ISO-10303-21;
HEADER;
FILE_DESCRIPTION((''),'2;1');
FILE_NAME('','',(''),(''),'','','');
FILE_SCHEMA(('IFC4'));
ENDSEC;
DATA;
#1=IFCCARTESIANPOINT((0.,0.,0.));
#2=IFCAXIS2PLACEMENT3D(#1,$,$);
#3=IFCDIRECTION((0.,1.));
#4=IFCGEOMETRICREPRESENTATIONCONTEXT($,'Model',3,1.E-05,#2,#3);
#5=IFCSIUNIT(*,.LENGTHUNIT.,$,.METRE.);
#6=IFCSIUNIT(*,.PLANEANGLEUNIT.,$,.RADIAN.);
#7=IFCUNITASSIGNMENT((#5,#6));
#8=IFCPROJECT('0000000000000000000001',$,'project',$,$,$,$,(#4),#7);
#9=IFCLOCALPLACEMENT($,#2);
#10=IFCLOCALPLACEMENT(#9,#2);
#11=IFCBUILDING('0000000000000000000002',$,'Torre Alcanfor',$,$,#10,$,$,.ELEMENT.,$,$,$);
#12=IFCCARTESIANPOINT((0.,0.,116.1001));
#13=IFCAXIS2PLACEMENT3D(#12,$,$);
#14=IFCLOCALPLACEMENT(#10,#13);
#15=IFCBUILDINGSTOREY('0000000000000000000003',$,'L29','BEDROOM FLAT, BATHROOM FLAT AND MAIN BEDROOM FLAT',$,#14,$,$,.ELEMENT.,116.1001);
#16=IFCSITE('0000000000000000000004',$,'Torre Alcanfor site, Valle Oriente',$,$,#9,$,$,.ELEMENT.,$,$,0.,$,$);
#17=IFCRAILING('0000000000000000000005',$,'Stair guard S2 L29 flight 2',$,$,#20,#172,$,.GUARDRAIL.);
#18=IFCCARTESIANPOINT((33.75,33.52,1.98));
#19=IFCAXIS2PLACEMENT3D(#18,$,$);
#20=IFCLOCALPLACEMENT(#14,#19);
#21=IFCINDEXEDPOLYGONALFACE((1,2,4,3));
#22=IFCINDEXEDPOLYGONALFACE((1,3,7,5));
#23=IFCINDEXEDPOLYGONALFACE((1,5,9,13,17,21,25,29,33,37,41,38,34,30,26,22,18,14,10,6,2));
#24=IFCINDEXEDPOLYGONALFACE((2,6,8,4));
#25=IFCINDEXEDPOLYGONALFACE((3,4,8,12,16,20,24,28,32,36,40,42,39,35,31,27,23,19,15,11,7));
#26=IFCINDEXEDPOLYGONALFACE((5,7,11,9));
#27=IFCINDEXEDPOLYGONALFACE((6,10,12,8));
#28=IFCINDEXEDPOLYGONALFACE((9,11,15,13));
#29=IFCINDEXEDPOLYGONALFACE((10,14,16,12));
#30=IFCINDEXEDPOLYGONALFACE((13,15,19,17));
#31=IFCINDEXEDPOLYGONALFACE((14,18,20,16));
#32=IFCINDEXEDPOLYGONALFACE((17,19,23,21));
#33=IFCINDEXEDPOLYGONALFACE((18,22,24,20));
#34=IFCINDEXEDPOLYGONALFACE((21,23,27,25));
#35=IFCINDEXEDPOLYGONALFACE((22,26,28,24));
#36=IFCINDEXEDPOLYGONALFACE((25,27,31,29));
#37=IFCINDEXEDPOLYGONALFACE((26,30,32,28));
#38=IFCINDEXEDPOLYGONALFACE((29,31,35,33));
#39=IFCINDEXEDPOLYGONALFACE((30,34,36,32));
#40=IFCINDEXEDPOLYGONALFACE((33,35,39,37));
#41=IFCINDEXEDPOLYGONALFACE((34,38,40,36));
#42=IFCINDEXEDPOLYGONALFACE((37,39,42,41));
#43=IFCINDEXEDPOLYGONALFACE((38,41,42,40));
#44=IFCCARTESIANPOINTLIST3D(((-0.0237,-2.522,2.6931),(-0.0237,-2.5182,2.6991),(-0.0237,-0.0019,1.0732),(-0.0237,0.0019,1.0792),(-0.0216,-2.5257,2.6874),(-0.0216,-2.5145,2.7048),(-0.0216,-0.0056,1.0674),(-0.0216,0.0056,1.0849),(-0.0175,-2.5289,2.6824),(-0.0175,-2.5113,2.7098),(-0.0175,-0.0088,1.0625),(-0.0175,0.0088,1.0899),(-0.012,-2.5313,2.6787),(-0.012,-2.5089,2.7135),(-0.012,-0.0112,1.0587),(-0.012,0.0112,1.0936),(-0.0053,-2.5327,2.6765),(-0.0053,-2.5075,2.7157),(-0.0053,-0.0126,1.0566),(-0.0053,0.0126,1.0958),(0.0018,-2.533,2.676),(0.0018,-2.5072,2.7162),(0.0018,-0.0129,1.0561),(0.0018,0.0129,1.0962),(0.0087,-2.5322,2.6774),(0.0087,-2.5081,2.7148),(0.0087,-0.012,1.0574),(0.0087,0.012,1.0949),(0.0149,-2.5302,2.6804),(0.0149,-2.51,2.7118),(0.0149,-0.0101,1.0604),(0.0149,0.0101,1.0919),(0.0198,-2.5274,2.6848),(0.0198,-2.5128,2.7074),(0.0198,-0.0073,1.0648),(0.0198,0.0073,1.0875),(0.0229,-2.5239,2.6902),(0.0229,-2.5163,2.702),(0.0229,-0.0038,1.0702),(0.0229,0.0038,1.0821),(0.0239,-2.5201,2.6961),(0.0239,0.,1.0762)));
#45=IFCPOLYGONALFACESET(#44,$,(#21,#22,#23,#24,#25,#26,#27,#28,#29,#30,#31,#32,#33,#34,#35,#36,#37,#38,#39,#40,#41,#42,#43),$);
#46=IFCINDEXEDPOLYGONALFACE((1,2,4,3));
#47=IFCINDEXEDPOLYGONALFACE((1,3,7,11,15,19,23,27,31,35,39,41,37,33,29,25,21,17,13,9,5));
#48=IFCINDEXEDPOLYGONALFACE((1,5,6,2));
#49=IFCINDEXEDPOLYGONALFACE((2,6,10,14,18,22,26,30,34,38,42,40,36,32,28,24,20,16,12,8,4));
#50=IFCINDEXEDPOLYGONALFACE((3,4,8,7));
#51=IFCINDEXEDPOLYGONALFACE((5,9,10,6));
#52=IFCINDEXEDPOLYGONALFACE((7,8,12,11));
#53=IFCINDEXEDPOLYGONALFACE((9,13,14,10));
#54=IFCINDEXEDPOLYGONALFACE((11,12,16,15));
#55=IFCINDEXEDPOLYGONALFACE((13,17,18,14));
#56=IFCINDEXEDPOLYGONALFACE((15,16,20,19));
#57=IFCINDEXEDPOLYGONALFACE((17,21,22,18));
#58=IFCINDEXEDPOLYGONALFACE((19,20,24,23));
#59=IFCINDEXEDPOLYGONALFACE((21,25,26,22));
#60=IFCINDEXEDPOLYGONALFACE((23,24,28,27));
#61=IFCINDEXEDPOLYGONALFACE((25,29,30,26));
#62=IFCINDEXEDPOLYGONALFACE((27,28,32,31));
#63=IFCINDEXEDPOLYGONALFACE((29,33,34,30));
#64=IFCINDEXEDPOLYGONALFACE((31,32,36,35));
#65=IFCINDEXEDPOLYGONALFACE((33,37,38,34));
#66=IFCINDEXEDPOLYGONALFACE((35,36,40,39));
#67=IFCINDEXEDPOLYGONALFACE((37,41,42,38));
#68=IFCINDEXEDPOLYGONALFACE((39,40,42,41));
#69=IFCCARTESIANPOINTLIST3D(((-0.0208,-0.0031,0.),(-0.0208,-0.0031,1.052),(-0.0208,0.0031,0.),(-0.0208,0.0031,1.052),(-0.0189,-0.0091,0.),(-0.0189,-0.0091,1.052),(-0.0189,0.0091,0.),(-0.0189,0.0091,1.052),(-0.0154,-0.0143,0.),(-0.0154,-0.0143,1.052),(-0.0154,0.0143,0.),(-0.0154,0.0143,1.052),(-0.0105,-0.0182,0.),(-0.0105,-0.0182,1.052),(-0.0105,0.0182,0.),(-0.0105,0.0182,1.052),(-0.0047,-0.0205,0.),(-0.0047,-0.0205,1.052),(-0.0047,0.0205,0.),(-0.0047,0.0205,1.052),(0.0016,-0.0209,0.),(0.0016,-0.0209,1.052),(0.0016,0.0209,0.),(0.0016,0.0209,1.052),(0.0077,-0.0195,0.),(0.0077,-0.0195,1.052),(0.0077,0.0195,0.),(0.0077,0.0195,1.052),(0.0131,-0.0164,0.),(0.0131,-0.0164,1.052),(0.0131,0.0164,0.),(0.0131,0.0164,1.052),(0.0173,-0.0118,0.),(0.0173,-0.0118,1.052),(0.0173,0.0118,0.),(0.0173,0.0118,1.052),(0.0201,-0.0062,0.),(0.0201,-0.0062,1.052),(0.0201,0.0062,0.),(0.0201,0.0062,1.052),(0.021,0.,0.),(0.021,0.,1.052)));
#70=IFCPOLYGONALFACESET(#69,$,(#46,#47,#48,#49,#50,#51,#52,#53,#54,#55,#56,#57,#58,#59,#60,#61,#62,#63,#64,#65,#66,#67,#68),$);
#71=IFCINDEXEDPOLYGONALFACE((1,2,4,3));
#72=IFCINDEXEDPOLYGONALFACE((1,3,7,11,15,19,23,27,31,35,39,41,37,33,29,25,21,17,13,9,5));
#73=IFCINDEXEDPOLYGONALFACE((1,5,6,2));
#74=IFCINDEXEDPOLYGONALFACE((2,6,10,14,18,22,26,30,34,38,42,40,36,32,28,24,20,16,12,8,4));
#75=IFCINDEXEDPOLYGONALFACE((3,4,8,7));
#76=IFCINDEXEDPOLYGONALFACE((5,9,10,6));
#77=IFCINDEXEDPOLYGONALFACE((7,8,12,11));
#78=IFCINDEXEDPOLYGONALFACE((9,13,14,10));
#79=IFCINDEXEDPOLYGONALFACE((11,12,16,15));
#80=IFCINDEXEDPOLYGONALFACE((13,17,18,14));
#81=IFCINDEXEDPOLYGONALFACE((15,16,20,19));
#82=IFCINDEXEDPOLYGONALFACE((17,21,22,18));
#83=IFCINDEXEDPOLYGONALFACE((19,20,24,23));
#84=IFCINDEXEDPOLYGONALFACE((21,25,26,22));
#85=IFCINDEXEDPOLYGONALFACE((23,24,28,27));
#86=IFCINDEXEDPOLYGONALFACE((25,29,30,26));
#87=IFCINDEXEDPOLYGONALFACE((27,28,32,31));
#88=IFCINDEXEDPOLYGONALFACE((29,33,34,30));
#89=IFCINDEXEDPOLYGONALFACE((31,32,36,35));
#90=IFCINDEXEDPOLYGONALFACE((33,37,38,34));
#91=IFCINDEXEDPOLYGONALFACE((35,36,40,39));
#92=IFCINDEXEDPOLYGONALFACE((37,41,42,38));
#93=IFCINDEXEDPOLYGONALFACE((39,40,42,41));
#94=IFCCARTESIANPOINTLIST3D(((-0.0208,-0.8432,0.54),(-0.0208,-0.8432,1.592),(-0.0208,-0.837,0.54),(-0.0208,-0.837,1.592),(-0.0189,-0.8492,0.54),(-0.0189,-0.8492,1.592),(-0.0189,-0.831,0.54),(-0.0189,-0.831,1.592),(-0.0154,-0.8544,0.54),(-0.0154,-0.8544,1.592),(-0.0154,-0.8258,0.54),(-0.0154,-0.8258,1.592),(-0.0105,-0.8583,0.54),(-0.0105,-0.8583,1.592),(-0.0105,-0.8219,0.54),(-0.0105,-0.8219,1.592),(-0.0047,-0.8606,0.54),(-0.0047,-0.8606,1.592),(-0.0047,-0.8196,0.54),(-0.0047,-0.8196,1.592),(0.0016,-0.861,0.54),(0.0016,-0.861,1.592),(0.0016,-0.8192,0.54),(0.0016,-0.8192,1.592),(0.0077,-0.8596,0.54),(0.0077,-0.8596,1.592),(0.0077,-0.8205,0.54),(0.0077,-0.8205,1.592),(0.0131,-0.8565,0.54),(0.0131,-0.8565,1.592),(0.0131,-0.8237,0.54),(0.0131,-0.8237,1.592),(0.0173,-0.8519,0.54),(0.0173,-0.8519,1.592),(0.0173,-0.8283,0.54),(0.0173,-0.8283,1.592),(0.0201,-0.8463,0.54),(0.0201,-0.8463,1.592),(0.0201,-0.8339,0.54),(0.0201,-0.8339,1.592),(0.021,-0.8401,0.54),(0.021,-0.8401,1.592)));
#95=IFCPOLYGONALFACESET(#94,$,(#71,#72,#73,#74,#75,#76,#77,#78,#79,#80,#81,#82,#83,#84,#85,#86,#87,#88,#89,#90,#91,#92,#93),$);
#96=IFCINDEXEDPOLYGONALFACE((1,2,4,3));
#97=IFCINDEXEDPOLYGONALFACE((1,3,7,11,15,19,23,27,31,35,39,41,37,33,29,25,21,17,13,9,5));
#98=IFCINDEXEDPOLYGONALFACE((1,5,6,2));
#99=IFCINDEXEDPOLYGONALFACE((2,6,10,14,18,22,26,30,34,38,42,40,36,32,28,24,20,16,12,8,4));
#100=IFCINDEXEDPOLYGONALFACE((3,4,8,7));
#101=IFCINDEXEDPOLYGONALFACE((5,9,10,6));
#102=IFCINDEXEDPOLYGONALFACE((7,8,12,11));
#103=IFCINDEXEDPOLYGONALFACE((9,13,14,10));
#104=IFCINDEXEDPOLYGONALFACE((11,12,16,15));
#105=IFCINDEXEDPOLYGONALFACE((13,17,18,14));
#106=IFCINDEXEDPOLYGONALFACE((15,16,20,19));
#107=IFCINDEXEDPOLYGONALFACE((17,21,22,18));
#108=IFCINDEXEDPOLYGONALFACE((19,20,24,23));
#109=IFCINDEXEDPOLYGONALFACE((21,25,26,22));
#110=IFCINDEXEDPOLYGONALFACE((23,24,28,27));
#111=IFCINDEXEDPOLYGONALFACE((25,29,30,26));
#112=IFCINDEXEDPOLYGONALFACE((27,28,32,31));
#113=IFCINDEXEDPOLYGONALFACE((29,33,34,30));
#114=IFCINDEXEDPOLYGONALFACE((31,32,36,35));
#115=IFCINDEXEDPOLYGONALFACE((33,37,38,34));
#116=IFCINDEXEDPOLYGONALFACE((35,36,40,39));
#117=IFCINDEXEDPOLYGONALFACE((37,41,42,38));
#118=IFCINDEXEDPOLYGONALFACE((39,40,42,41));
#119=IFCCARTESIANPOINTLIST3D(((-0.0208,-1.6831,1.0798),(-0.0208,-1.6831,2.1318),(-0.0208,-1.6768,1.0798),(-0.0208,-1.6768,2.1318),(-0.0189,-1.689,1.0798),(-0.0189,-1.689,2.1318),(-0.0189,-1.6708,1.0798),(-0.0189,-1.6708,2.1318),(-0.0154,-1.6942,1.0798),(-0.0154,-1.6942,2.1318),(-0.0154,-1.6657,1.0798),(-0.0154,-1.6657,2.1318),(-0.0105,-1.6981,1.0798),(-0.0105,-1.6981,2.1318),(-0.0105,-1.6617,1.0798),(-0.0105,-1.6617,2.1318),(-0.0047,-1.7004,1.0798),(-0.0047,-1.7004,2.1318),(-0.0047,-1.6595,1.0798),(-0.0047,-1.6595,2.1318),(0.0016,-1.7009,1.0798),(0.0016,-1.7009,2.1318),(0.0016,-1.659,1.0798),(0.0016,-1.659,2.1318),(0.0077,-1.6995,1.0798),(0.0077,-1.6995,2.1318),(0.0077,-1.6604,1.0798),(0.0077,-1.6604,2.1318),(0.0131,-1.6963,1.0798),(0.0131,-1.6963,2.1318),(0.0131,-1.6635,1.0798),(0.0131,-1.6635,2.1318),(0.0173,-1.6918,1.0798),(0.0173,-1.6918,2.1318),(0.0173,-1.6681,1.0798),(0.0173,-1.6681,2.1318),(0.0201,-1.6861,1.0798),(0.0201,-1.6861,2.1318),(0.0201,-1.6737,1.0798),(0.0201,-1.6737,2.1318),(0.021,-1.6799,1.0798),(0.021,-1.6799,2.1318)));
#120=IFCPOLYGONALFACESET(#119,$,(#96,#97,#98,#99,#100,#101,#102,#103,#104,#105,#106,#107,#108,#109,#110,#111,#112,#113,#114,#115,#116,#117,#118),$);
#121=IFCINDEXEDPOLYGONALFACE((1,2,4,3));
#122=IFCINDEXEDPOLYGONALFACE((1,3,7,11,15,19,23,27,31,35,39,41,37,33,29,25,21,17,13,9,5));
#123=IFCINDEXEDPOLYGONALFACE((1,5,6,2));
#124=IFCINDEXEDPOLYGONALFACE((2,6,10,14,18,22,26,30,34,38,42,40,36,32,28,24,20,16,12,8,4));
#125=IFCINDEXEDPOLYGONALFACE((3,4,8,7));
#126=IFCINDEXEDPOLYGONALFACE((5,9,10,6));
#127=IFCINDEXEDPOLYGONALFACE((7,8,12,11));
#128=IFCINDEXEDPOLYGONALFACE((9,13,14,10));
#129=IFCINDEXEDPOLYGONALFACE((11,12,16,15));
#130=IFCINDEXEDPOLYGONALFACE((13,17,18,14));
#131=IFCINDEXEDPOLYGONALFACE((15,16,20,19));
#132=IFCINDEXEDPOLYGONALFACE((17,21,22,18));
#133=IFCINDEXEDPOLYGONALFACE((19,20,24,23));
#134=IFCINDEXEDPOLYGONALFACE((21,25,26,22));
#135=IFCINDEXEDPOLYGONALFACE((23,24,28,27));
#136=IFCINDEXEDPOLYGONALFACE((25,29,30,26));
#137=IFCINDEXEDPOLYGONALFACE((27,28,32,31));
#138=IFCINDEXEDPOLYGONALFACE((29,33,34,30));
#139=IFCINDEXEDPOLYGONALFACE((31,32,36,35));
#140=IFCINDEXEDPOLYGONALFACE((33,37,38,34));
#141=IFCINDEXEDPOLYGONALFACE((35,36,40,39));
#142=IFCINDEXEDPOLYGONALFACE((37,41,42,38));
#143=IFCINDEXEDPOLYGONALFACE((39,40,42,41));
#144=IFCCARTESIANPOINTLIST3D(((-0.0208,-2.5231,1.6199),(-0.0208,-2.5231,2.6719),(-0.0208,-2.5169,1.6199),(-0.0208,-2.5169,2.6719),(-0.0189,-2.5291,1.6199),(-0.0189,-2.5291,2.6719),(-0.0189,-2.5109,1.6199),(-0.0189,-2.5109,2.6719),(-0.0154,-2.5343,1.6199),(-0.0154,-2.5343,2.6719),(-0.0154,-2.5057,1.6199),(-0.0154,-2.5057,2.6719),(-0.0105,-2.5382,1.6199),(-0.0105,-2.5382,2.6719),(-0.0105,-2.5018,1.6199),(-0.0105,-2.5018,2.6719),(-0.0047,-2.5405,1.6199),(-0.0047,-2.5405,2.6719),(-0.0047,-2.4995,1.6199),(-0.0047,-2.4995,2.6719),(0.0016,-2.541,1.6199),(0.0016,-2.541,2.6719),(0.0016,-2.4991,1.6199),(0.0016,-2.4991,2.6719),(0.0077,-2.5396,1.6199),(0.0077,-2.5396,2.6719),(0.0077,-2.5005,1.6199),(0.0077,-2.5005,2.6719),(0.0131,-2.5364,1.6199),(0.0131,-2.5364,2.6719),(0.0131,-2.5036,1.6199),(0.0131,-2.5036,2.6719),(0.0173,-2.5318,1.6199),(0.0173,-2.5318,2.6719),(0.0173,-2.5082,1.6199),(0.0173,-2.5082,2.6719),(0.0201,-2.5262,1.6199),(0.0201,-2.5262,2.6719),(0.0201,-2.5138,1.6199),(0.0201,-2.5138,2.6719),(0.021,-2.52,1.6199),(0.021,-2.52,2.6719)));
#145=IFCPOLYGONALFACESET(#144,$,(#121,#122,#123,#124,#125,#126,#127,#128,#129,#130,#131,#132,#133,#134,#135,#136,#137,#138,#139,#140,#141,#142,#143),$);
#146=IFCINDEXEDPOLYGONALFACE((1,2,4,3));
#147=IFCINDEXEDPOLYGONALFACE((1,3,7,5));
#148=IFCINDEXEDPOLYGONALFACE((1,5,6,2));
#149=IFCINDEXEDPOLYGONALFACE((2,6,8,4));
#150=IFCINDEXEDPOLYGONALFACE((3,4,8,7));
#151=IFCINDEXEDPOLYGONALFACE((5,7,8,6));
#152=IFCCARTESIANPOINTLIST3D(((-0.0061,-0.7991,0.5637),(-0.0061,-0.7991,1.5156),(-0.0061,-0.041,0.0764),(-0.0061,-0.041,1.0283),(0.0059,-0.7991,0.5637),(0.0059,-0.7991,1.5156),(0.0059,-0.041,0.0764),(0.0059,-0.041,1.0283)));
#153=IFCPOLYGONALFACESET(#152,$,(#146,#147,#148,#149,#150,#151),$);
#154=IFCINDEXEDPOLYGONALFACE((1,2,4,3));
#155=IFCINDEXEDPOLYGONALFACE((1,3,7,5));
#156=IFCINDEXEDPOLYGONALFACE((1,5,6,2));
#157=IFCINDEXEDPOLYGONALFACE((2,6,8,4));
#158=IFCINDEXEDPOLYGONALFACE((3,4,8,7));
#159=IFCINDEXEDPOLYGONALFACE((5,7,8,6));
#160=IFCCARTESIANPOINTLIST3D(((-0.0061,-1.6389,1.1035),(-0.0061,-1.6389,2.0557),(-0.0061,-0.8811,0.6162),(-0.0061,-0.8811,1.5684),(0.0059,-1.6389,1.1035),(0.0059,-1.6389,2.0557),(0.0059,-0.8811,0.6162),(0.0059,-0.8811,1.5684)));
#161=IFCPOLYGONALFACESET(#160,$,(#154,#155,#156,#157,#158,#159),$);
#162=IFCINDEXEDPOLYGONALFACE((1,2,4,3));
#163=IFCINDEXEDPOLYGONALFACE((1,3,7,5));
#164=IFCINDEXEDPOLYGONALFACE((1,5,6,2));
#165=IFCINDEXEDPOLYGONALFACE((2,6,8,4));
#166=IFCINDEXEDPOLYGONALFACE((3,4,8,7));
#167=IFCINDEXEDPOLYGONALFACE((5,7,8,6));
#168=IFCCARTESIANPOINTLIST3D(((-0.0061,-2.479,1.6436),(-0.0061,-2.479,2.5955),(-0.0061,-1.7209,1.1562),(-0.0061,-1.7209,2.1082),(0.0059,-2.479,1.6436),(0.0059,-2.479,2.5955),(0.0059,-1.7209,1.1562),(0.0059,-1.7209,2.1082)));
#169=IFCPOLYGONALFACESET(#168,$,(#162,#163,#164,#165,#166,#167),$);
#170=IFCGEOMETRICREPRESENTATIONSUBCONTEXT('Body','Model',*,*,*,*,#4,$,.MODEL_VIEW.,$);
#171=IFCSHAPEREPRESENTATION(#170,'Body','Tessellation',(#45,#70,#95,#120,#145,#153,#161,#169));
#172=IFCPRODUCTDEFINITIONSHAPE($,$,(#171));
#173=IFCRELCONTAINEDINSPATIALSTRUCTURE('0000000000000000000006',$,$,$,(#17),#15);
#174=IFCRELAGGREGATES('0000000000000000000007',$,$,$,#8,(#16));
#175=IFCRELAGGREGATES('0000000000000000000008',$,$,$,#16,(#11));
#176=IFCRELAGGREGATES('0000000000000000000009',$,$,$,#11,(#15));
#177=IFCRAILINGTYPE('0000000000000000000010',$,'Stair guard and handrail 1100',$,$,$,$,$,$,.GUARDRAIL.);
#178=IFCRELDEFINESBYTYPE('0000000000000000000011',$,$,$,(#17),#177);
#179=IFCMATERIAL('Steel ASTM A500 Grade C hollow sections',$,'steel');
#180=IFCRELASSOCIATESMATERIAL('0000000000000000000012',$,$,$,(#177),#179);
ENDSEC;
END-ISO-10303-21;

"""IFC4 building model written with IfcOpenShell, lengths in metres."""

from ifc_helpers import new_model, si_unit, direction, frame, origin, origin_2d, place, context, subcontext, project, spatial, polyline, circle, outline, extrude, material, type_object, element, save


model = new_model("IFC4")

# Units and contexts
model_context = context("Model", 3, precision=1e-05, world=origin(), true_north=direction((0.0, 1.0)))
body_context = subcontext(model_context, "Body", "Model", "MODEL_VIEW")
ifc_project = project(units=[si_unit("LENGTHUNIT", "METRE"), si_unit("PLANEANGLEUNIT", "RADIAN")], contexts=[model_context])

# Site, building, storey
site_placement = place(None, origin())
site = spatial("IfcSite", under=ifc_project, at=site_placement, Name="Torre Alcanfor site, Valle Oriente", CompositionType="ELEMENT", RefElevation=0.0)
building_placement = place(site_placement, origin())
building = spatial("IfcBuilding", under=site, at=building_placement, Name="Torre Alcanfor", CompositionType="ELEMENT")
storey_placement = place(building_placement, frame((0.0, 0.0, 116.1001)))
storey = spatial("IfcBuildingStorey", under=building, at=storey_placement, Name="L29", Description="BEDROOM FLAT, BATHROOM FLAT AND MAIN BEDROOM FLAT", CompositionType="ELEMENT", Elevation=116.1001)

# Railing
ifc_material_1 = material(Name="Steel ASTM A500 Grade C hollow sections", Category="steel")
railing_type_1 = type_object("IfcRailingType", Name="Stair guard and handrail 1100", PredefinedType="GUARDRAIL", material=ifc_material_1)
railing_1_placement = place(storey_placement, frame((33.75, 33.52, 1.98)))
element("IfcRailing", 1, at=railing_1_placement, inside=storey, type_object=railing_type_1, Name="Stair guard S2 L29 flight 2", PredefinedType="GUARDRAIL", context=body_context, shape_type="SweptSolid", body=[
    extrude(circle(Radius=0.0239, at=origin_2d()), frame((0.0, 0.0, 1.0762), z_axis=(0.0, -0.8412, 0.540725), x_axis=(1.0, 0.0, 0.0)), (0.0, 0.0, 1.0), 2.9958),
    extrude(circle(Radius=0.021, at=origin_2d()), origin(), (0.0, 0.0, 1.0), 1.052),
    extrude(circle(Radius=0.021, at=origin_2d()), frame((0.0, -0.8401, 0.54)), (0.0, 0.0, 1.0), 1.052),
    extrude(circle(Radius=0.021, at=origin_2d()), frame((0.0, -1.6799, 1.0798)), (0.0, 0.0, 1.0), 1.052),
    extrude(circle(Radius=0.021, at=origin_2d()), frame((0.0, -2.52, 1.6199)), (0.0, 0.0, 1.0), 1.052),
    extrude(outline(polyline([(0.041, 0.0764), (0.7991, 0.5637), (0.7991, 1.5156), (0.041, 1.0283), (0.041, 0.0764)])), frame((0.0059, 0.0, 0.0), z_axis=(-1.0, 0.0, 0.0), x_axis=(0.0, -1.0, 0.0)), (0.0, 0.0, 1.0), 0.012),
    extrude(outline(polyline([(0.8811, 0.6162), (1.6389, 1.1035), (1.6389, 2.0557), (0.8811, 1.5684), (0.8811, 0.6162)])), frame((0.0059, 0.0, 0.0), z_axis=(-1.0, 0.0, 0.0), x_axis=(0.0, -1.0, 0.0)), (0.0, 0.0, 1.0), 0.012),
    extrude(outline(polyline([(1.7209, 1.1562), (2.479, 1.6436), (2.479, 2.5955), (1.7209, 2.1082), (1.7209, 1.1562)])), frame((0.0059, 0.0, 0.0), z_axis=(-1.0, 0.0, 0.0), x_axis=(0.0, -1.0, 0.0)), (0.0, 0.0, 1.0), 0.012),
])

save(model, "model.ifc")
